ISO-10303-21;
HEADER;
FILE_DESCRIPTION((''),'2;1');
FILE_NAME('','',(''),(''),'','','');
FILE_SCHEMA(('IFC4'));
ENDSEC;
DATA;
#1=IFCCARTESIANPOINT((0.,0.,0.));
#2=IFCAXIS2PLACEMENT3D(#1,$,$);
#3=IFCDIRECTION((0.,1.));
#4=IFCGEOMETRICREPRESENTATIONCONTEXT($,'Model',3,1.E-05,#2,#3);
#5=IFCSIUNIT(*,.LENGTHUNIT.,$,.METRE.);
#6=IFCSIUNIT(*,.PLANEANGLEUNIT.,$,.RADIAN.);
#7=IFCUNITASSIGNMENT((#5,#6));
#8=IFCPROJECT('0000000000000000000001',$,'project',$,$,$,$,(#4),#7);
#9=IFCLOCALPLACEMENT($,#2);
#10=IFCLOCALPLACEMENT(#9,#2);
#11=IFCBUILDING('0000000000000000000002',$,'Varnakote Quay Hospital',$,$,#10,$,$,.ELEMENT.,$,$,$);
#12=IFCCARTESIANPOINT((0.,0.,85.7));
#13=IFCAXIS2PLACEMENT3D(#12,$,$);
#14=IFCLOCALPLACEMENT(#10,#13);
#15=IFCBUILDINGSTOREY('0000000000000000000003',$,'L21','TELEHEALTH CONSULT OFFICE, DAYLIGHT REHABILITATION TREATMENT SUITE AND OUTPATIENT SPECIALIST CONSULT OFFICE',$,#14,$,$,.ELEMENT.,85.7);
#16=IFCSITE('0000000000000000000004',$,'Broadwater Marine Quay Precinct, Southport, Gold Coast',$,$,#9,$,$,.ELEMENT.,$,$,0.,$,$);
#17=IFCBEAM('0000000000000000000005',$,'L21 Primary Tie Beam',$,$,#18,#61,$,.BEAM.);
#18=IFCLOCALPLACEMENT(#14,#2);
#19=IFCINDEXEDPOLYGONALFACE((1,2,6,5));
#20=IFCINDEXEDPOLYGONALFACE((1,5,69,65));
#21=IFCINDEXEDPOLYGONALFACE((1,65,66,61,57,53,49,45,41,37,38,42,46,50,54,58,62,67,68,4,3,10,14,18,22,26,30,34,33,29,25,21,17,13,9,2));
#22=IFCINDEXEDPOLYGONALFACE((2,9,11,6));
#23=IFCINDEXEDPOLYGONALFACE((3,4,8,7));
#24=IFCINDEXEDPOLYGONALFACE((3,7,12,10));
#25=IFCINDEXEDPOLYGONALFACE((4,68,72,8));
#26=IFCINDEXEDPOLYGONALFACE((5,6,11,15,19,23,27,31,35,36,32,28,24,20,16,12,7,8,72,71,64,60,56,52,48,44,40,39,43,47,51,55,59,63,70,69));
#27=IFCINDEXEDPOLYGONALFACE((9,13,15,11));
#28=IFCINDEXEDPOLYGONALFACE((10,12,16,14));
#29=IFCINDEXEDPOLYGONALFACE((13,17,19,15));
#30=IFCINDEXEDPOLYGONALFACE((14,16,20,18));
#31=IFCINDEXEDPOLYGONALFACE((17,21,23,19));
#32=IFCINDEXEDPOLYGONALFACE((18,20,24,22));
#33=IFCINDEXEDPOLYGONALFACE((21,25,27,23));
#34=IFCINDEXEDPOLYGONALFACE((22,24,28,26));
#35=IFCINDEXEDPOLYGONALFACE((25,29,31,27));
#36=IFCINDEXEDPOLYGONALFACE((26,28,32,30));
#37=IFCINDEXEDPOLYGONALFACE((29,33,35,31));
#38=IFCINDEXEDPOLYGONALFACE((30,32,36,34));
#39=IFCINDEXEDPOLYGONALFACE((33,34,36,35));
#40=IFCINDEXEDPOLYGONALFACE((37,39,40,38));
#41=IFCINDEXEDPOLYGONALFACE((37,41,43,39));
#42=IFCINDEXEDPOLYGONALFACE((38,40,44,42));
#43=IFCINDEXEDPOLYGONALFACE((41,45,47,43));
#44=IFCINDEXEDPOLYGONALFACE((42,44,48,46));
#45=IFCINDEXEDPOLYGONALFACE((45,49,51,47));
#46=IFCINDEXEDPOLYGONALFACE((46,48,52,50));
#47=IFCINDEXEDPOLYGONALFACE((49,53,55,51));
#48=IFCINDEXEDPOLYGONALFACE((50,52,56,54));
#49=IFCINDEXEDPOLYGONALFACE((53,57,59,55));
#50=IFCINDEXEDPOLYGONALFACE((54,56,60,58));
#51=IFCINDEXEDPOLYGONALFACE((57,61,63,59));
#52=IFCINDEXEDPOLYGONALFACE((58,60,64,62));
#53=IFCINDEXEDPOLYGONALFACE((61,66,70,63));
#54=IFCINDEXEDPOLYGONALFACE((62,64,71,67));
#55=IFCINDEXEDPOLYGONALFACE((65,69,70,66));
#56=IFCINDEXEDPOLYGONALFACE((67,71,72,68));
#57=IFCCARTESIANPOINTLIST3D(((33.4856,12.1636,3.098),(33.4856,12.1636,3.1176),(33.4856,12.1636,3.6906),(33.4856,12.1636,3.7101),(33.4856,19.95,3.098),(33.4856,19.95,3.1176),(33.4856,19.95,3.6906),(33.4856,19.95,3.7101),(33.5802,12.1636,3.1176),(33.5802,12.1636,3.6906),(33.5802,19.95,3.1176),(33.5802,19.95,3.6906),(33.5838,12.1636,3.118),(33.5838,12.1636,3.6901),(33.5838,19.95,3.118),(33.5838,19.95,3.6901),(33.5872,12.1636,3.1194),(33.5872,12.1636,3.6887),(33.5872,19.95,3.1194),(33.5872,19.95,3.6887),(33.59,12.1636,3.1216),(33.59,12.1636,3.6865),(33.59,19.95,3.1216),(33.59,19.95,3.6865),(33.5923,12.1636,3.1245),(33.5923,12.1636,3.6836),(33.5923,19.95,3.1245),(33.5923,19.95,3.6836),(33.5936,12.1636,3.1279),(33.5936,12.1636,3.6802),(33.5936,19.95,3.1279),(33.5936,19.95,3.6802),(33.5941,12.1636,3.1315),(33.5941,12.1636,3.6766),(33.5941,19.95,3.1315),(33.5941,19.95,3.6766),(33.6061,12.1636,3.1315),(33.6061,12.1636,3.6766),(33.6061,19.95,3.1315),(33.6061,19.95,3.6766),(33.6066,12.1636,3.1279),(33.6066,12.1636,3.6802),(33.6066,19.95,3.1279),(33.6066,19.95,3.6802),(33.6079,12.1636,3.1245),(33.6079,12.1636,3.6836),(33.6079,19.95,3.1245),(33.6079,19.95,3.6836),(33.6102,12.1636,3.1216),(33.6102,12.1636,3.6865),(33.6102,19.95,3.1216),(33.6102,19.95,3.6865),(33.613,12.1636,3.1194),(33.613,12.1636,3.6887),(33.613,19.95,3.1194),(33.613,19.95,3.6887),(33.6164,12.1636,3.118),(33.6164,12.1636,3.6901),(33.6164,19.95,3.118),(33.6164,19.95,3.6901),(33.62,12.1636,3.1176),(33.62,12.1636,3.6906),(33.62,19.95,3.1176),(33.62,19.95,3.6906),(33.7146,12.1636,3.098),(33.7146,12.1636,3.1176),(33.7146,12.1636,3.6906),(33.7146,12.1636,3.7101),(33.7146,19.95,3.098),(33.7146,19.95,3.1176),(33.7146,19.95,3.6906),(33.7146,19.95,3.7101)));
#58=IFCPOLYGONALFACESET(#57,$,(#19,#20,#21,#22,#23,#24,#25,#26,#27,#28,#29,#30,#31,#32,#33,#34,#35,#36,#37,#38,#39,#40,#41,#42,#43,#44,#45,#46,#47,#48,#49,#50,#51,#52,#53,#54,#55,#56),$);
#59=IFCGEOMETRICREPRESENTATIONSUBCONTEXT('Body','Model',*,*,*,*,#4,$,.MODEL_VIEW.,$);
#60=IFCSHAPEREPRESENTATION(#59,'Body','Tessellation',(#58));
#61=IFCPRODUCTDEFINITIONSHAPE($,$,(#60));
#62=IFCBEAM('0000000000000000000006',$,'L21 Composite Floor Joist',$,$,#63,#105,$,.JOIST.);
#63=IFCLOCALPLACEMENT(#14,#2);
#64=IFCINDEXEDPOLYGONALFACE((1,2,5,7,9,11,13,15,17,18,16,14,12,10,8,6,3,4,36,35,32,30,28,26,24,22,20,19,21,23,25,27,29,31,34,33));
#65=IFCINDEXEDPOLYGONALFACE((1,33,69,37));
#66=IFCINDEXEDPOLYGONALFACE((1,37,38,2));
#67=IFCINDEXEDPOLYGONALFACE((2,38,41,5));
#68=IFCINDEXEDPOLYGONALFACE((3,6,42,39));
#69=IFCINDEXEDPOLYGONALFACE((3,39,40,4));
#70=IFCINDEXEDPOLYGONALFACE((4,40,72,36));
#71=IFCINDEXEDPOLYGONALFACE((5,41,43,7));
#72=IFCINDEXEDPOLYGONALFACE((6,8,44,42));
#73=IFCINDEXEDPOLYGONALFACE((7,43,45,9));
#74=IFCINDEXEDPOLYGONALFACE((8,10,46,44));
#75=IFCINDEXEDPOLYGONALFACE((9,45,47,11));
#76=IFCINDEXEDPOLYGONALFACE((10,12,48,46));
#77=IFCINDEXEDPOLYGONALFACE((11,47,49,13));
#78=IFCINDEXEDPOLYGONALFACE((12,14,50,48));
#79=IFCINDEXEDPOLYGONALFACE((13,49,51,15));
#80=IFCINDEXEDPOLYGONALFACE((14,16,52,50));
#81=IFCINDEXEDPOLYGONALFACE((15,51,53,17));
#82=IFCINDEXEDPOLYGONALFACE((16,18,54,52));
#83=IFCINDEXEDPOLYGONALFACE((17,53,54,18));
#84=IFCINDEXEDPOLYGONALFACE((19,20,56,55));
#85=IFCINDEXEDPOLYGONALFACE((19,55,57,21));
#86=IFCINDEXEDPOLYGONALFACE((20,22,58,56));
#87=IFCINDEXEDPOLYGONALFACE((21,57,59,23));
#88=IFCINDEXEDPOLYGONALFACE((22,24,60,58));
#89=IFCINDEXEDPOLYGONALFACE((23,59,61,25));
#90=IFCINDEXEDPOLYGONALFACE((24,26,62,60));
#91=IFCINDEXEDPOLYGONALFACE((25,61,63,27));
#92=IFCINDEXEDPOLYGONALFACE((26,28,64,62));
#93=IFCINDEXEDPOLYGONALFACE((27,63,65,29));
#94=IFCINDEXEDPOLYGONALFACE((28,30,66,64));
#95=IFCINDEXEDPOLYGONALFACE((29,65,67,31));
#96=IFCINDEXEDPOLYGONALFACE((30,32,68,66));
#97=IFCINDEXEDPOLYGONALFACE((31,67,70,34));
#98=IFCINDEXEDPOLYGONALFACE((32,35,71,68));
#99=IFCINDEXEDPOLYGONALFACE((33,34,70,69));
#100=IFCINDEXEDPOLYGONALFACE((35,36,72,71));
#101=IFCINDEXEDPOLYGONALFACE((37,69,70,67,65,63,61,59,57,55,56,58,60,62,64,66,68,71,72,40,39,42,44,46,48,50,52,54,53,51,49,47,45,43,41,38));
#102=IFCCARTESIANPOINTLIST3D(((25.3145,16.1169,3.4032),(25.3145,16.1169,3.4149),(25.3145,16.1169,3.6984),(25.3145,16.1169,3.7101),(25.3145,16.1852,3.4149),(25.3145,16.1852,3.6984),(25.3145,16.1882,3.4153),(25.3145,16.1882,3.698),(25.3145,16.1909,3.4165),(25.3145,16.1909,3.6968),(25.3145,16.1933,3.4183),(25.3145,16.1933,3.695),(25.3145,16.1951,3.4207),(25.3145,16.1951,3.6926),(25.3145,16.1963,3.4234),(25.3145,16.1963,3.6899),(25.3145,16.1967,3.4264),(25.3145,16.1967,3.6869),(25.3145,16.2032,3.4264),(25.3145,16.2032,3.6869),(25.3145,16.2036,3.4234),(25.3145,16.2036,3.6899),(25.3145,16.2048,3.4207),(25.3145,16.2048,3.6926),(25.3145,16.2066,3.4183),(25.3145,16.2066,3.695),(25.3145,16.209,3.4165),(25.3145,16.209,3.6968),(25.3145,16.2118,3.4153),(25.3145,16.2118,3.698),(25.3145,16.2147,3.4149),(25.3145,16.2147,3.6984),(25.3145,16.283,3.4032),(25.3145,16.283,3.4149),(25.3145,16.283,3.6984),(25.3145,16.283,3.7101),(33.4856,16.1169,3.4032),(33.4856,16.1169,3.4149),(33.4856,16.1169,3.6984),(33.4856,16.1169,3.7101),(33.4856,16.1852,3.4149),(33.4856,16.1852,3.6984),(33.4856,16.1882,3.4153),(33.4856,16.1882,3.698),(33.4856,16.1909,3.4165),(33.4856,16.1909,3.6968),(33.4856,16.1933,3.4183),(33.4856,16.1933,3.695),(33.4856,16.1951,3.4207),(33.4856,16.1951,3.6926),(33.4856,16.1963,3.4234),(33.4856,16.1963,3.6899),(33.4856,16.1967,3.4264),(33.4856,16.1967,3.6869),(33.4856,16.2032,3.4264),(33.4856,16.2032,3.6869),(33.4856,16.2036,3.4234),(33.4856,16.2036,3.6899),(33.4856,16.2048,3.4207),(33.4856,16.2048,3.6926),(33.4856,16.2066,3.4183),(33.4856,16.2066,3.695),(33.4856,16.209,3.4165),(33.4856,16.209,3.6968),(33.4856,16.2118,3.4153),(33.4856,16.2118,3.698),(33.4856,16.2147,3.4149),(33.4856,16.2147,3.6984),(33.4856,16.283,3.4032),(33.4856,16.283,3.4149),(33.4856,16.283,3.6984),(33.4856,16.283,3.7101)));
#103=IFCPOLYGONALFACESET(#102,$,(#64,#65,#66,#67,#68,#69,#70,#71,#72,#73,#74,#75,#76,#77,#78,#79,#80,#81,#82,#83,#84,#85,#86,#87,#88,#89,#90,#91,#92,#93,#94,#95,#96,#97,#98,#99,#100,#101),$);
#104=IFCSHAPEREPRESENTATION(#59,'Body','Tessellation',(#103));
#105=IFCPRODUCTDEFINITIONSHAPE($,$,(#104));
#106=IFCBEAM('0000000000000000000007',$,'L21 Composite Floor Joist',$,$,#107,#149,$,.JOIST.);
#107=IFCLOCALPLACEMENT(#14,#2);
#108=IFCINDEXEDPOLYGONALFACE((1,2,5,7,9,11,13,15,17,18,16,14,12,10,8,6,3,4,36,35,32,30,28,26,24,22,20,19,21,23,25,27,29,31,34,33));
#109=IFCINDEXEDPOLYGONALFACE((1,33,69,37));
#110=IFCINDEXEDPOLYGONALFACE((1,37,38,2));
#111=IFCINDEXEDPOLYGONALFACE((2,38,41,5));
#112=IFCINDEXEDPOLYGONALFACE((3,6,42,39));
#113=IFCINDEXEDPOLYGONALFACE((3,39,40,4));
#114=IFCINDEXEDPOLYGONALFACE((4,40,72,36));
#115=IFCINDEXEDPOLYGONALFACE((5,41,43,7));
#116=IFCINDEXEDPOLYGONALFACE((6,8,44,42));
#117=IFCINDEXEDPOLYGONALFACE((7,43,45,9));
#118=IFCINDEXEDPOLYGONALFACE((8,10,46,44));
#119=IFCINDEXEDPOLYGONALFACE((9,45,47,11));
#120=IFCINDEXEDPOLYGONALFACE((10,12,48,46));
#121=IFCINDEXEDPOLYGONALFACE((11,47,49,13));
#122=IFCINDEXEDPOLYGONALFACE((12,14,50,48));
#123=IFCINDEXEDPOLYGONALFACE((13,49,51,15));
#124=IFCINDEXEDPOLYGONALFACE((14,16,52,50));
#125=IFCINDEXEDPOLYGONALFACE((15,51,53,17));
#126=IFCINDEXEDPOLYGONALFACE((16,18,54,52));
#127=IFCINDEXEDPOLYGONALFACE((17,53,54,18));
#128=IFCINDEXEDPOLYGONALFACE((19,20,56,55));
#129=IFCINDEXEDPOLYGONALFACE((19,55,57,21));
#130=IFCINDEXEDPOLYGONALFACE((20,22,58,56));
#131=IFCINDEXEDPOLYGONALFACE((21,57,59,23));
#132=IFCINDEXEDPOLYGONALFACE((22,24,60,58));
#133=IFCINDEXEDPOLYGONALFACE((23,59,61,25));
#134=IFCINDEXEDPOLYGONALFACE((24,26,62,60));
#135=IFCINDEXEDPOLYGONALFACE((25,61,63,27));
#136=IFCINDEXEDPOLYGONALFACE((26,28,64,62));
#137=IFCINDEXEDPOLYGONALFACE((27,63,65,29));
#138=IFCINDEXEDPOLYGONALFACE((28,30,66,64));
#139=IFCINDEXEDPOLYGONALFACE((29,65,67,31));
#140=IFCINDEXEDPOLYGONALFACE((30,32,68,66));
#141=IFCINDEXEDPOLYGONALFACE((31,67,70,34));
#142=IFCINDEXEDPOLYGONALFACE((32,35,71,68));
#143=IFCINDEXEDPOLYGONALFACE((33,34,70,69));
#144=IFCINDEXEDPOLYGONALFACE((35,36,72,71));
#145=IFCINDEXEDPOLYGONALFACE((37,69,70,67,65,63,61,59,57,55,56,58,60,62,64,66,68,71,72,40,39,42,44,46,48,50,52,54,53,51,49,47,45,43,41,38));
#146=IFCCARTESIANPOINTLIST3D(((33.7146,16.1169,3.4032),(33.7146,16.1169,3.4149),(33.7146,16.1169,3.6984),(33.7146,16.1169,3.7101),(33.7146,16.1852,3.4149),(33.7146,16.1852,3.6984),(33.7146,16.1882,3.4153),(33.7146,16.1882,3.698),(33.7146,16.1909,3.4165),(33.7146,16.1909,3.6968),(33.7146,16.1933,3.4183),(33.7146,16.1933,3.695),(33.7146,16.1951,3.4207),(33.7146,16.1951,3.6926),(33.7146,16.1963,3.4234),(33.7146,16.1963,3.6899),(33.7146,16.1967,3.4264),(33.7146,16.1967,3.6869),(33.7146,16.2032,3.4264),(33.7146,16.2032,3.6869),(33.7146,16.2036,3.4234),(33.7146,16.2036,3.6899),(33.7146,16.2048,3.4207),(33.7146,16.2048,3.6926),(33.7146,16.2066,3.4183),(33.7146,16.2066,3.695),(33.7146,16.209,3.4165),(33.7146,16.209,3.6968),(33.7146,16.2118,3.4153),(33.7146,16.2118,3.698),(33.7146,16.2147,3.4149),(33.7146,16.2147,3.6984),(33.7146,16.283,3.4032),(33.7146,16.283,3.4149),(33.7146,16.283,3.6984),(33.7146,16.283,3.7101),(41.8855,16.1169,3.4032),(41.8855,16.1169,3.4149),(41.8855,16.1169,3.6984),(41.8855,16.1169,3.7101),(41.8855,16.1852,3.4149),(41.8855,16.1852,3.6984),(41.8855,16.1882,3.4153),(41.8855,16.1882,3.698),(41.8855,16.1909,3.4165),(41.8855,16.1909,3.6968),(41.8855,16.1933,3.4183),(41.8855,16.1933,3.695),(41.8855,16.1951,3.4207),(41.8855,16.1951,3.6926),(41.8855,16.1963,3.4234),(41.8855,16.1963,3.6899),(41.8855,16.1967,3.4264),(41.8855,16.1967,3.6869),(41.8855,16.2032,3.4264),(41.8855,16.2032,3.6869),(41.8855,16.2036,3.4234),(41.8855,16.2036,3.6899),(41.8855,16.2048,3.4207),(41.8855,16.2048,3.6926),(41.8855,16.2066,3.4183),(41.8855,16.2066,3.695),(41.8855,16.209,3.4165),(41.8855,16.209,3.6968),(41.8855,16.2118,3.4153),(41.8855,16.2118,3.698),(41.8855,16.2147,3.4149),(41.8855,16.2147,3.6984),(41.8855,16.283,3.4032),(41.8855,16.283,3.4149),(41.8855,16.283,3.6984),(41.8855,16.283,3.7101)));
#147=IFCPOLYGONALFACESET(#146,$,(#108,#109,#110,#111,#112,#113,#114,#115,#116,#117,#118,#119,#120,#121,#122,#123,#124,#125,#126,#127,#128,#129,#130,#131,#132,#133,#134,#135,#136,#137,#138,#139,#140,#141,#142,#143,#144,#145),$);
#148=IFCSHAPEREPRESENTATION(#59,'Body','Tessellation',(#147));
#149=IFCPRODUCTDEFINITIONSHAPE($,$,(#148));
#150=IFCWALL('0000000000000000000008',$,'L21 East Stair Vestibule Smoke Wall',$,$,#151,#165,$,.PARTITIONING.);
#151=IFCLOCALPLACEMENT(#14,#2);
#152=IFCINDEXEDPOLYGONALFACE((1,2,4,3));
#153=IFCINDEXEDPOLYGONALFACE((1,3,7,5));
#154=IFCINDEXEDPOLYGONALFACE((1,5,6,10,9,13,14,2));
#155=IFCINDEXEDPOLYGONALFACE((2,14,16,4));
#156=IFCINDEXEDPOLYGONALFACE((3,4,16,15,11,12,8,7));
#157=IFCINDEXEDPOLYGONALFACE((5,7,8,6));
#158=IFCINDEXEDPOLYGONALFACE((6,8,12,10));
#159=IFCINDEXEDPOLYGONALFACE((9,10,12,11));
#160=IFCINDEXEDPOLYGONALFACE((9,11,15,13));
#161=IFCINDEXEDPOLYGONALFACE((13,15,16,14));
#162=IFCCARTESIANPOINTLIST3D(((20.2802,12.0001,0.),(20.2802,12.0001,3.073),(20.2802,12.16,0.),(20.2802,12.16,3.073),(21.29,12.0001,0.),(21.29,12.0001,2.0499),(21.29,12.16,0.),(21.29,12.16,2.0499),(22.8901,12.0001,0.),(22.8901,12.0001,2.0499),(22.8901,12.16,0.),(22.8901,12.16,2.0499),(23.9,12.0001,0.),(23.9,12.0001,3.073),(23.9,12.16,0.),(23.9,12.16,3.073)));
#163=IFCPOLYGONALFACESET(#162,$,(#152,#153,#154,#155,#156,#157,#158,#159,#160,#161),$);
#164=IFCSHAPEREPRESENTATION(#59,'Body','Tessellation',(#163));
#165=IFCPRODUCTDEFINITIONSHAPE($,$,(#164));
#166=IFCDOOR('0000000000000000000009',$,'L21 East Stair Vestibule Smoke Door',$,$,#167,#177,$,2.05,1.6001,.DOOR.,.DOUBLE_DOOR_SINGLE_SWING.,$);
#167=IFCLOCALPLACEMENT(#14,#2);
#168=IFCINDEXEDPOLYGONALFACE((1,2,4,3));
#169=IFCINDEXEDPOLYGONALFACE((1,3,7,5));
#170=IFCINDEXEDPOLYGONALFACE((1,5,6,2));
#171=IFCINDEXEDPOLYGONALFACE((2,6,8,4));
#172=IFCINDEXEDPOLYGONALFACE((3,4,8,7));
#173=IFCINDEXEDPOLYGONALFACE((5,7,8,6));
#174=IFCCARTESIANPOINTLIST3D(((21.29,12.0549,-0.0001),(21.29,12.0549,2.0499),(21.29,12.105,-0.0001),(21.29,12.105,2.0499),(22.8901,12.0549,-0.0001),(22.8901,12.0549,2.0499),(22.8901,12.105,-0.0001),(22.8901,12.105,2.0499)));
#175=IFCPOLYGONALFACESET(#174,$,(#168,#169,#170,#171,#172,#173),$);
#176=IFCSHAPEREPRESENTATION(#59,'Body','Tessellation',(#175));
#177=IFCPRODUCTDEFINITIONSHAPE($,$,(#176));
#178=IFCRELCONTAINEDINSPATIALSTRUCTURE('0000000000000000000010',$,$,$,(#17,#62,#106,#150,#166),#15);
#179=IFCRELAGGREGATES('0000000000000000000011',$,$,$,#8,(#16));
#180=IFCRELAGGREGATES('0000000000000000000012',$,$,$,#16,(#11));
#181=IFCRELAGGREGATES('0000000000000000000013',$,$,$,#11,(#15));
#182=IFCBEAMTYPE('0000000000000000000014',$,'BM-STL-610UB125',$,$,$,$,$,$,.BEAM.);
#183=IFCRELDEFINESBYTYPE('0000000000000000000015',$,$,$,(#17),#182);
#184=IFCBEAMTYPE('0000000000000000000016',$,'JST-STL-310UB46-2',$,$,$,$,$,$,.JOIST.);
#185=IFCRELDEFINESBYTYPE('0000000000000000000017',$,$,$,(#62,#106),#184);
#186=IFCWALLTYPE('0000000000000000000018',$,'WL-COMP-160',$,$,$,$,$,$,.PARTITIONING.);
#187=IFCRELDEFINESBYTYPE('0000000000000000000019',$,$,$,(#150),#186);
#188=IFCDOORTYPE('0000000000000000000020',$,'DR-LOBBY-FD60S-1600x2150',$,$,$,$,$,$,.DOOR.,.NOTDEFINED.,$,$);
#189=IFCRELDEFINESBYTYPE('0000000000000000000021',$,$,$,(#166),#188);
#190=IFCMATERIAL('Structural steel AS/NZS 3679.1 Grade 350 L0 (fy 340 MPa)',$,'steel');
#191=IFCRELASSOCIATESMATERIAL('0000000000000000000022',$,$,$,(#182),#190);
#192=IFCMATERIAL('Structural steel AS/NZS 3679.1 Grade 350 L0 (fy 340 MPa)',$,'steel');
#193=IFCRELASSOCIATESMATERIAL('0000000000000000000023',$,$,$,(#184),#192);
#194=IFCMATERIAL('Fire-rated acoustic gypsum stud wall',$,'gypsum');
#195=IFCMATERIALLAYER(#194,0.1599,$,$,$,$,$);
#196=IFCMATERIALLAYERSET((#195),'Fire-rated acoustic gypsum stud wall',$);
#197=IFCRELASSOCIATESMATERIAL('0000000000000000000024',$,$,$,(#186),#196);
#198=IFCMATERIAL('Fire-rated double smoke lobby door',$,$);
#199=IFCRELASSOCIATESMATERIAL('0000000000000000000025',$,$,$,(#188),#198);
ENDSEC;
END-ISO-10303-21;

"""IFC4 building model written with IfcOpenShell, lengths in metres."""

from ifc_helpers import new_model, si_unit, direction, frame, frame_2d, origin, origin_2d, place, context, subcontext, project, spatial, rectangle, i_section, extrude, material, layer, layer_set, material_profile, profile_set, type_object, element, fill, save


model = new_model("IFC4")

# Units and contexts
model_context = context("Model", 3, precision=1e-05, world=origin(), true_north=direction((0.0, 1.0)))
body_context = subcontext(model_context, "Body", "Model", "MODEL_VIEW")
ifc_project = project(units=[si_unit("LENGTHUNIT", "METRE"), si_unit("PLANEANGLEUNIT", "RADIAN")], contexts=[model_context])

# Site, building, storey
site_placement = place(None, origin())
site = spatial("IfcSite", under=ifc_project, at=site_placement, Name="Broadwater Marine Quay Precinct, Southport, Gold Coast", CompositionType="ELEMENT", RefElevation=0.0)
building_placement = place(site_placement, origin())
building = spatial("IfcBuilding", under=site, at=building_placement, Name="Varnakote Quay Hospital", CompositionType="ELEMENT")
storey_placement = place(building_placement, frame((0.0, 0.0, 85.7)))
storey = spatial("IfcBuildingStorey", under=building, at=storey_placement, Name="L21", Description="TELEHEALTH CONSULT OFFICE, DAYLIGHT REHABILITATION TREATMENT SUITE AND OUTPATIENT SPECIALIST CONSULT OFFICE", CompositionType="ELEMENT", Elevation=85.7)

# Beams
ifc_material_1 = material(Name="Structural steel AS/NZS 3679.1 Grade 350 L0 (fy 340 MPa)", Category="steel")
ifc_material_profile_1 = material_profile(ifc_material_1, i_section(OverallWidth=0.229, OverallDepth=0.6121, WebThickness=0.012, FlangeThickness=0.0195, FilletRadius=0.0139, at=origin_2d()), Name="610UB125")
ifc_profile_set_1 = profile_set([ifc_material_profile_1], Name="Structural steel AS/NZS 3679.1 Grade 350 L0 (fy 340 MPa)")
beam_type_1 = type_object("IfcBeamType", Name="BM-STL-610UB125", PredefinedType="BEAM", material=ifc_profile_set_1)
beam_1_placement = place(storey_placement, frame((33.6001, 12.1636, 3.4041), z_axis=(0.0, 1.0, 0.0), x_axis=(-1.0, 0.0, 0.0)))
element("IfcBeam", 1, at=beam_1_placement, inside=storey, type_object=beam_type_1, Name="L21 Primary Tie Beam", PredefinedType="BEAM", context=body_context, shape_type="SweptSolid", body=[
    extrude(i_section(OverallWidth=0.229, OverallDepth=0.6121, WebThickness=0.012, FlangeThickness=0.0195, FilletRadius=0.0139, at=origin_2d()), origin(), (0.0, 0.0, 1.0), 7.7864),
])
ifc_material_2 = material(Name="Structural steel AS/NZS 3679.1 Grade 350 L0 (fy 340 MPa)", Category="steel")
ifc_material_profile_2 = material_profile(ifc_material_2, i_section(OverallWidth=0.166, OverallDepth=0.3069, WebThickness=0.0066, FlangeThickness=0.0117, FilletRadius=0.0115, at=origin_2d()), Name="310UB46.2")
ifc_profile_set_2 = profile_set([ifc_material_profile_2], Name="Structural steel AS/NZS 3679.1 Grade 350 L0 (fy 340 MPa)")
beam_type_2 = type_object("IfcBeamType", Name="JST-STL-310UB46-2", PredefinedType="JOIST", material=ifc_profile_set_2)
beam_2_placement = place(storey_placement, frame((25.3145, 16.2, 3.5566), z_axis=(1.0, 0.0, 0.0), x_axis=(0.0, 1.0, 0.0)))
element("IfcBeam", 2, at=beam_2_placement, inside=storey, type_object=beam_type_2, Name="L21 Composite Floor Joist", PredefinedType="JOIST", context=body_context, shape_type="SweptSolid", body=[
    extrude(i_section(OverallWidth=0.166, OverallDepth=0.3069, WebThickness=0.0066, FlangeThickness=0.0117, FilletRadius=0.0115, at=origin_2d()), origin(), (0.0, 0.0, 1.0), 8.1711),
])
beam_3_placement = place(storey_placement, frame((33.7146, 16.2, 3.5566), z_axis=(1.0, 0.0, 0.0), x_axis=(0.0, 1.0, 0.0)))
element("IfcBeam", 3, at=beam_3_placement, inside=storey, type_object=beam_type_2, Name="L21 Composite Floor Joist", PredefinedType="JOIST", context=body_context, shape_type="SweptSolid", body=[
    extrude(i_section(OverallWidth=0.166, OverallDepth=0.3069, WebThickness=0.0066, FlangeThickness=0.0117, FilletRadius=0.0115, at=origin_2d()), origin(), (0.0, 0.0, 1.0), 8.1709),
])

# Wall, opening, door
ifc_material_3 = material(Name="Fire-rated acoustic gypsum stud wall", Category="gypsum")
ifc_layer_1 = layer(ifc_material_3, 0.1599)
ifc_layer_set_1 = layer_set([ifc_layer_1], Name="Fire-rated acoustic gypsum stud wall")
wall_type_1 = type_object("IfcWallType", Name="WL-COMP-160", PredefinedType="PARTITIONING", material=ifc_layer_set_1)
wall_1_placement = place(storey_placement, frame((20.28, 12.0801, 0.0), z_axis=(0.0, 0.0, 1.0), x_axis=(1.0, 0.0, 0.0)))
wall_1 = element("IfcWall", 4, at=wall_1_placement, inside=storey, type_object=wall_type_1, Name="L21 East Stair Vestibule Smoke Wall", PredefinedType="PARTITIONING", context=body_context, shape_type="SweptSolid", body=[
    extrude(rectangle(XDim=3.6199, YDim=0.1599, at=frame_2d((1.8101, 0.0))), origin(), (0.0, 0.0, 1.0), 3.073),
])
opening_1_placement = place(wall_1_placement, frame((1.01, 0.0, 0.0)))
opening_1 = element("IfcOpeningElement", 5, at=opening_1_placement, cuts=wall_1, PredefinedType="OPENING", context=body_context, shape_type="SweptSolid", body=[
    extrude(rectangle(XDim=1.6001, YDim=2.05, at=frame_2d((0.8, 1.0249))), frame((0.0, 0.0898, 0.0), z_axis=(0.0, -1.0, 0.0), x_axis=(1.0, 0.0, 0.0)), (0.0, 0.0, 1.0), 0.1799),
])
ifc_material_4 = material(Name="Fire-rated double smoke lobby door")
door_type_1 = type_object("IfcDoorType", Name="DR-LOBBY-FD60S-1600x2150", OperationType="NOTDEFINED", PredefinedType="DOOR", material=ifc_material_4)
door_1_placement = place(opening_1_placement, origin())
door_1 = element("IfcDoor", 6, at=door_1_placement, inside=storey, type_object=door_type_1, Name="L21 East Stair Vestibule Smoke Door", OperationType="DOUBLE_DOOR_SINGLE_SWING", OverallHeight=2.05, OverallWidth=1.6001, PredefinedType="DOOR", context=body_context, shape_type="SweptSolid", body=[
    extrude(rectangle(XDim=1.6001, YDim=2.05, at=frame_2d((0.8, 1.0249))), frame((0.0, 0.0249, 0.0), z_axis=(0.0, -1.0, 0.0), x_axis=(1.0, 0.0, 0.0)), (0.0, 0.0, 1.0), 0.05),
])
fill(opening_1, door_1)

save(model, "model.ifc")
